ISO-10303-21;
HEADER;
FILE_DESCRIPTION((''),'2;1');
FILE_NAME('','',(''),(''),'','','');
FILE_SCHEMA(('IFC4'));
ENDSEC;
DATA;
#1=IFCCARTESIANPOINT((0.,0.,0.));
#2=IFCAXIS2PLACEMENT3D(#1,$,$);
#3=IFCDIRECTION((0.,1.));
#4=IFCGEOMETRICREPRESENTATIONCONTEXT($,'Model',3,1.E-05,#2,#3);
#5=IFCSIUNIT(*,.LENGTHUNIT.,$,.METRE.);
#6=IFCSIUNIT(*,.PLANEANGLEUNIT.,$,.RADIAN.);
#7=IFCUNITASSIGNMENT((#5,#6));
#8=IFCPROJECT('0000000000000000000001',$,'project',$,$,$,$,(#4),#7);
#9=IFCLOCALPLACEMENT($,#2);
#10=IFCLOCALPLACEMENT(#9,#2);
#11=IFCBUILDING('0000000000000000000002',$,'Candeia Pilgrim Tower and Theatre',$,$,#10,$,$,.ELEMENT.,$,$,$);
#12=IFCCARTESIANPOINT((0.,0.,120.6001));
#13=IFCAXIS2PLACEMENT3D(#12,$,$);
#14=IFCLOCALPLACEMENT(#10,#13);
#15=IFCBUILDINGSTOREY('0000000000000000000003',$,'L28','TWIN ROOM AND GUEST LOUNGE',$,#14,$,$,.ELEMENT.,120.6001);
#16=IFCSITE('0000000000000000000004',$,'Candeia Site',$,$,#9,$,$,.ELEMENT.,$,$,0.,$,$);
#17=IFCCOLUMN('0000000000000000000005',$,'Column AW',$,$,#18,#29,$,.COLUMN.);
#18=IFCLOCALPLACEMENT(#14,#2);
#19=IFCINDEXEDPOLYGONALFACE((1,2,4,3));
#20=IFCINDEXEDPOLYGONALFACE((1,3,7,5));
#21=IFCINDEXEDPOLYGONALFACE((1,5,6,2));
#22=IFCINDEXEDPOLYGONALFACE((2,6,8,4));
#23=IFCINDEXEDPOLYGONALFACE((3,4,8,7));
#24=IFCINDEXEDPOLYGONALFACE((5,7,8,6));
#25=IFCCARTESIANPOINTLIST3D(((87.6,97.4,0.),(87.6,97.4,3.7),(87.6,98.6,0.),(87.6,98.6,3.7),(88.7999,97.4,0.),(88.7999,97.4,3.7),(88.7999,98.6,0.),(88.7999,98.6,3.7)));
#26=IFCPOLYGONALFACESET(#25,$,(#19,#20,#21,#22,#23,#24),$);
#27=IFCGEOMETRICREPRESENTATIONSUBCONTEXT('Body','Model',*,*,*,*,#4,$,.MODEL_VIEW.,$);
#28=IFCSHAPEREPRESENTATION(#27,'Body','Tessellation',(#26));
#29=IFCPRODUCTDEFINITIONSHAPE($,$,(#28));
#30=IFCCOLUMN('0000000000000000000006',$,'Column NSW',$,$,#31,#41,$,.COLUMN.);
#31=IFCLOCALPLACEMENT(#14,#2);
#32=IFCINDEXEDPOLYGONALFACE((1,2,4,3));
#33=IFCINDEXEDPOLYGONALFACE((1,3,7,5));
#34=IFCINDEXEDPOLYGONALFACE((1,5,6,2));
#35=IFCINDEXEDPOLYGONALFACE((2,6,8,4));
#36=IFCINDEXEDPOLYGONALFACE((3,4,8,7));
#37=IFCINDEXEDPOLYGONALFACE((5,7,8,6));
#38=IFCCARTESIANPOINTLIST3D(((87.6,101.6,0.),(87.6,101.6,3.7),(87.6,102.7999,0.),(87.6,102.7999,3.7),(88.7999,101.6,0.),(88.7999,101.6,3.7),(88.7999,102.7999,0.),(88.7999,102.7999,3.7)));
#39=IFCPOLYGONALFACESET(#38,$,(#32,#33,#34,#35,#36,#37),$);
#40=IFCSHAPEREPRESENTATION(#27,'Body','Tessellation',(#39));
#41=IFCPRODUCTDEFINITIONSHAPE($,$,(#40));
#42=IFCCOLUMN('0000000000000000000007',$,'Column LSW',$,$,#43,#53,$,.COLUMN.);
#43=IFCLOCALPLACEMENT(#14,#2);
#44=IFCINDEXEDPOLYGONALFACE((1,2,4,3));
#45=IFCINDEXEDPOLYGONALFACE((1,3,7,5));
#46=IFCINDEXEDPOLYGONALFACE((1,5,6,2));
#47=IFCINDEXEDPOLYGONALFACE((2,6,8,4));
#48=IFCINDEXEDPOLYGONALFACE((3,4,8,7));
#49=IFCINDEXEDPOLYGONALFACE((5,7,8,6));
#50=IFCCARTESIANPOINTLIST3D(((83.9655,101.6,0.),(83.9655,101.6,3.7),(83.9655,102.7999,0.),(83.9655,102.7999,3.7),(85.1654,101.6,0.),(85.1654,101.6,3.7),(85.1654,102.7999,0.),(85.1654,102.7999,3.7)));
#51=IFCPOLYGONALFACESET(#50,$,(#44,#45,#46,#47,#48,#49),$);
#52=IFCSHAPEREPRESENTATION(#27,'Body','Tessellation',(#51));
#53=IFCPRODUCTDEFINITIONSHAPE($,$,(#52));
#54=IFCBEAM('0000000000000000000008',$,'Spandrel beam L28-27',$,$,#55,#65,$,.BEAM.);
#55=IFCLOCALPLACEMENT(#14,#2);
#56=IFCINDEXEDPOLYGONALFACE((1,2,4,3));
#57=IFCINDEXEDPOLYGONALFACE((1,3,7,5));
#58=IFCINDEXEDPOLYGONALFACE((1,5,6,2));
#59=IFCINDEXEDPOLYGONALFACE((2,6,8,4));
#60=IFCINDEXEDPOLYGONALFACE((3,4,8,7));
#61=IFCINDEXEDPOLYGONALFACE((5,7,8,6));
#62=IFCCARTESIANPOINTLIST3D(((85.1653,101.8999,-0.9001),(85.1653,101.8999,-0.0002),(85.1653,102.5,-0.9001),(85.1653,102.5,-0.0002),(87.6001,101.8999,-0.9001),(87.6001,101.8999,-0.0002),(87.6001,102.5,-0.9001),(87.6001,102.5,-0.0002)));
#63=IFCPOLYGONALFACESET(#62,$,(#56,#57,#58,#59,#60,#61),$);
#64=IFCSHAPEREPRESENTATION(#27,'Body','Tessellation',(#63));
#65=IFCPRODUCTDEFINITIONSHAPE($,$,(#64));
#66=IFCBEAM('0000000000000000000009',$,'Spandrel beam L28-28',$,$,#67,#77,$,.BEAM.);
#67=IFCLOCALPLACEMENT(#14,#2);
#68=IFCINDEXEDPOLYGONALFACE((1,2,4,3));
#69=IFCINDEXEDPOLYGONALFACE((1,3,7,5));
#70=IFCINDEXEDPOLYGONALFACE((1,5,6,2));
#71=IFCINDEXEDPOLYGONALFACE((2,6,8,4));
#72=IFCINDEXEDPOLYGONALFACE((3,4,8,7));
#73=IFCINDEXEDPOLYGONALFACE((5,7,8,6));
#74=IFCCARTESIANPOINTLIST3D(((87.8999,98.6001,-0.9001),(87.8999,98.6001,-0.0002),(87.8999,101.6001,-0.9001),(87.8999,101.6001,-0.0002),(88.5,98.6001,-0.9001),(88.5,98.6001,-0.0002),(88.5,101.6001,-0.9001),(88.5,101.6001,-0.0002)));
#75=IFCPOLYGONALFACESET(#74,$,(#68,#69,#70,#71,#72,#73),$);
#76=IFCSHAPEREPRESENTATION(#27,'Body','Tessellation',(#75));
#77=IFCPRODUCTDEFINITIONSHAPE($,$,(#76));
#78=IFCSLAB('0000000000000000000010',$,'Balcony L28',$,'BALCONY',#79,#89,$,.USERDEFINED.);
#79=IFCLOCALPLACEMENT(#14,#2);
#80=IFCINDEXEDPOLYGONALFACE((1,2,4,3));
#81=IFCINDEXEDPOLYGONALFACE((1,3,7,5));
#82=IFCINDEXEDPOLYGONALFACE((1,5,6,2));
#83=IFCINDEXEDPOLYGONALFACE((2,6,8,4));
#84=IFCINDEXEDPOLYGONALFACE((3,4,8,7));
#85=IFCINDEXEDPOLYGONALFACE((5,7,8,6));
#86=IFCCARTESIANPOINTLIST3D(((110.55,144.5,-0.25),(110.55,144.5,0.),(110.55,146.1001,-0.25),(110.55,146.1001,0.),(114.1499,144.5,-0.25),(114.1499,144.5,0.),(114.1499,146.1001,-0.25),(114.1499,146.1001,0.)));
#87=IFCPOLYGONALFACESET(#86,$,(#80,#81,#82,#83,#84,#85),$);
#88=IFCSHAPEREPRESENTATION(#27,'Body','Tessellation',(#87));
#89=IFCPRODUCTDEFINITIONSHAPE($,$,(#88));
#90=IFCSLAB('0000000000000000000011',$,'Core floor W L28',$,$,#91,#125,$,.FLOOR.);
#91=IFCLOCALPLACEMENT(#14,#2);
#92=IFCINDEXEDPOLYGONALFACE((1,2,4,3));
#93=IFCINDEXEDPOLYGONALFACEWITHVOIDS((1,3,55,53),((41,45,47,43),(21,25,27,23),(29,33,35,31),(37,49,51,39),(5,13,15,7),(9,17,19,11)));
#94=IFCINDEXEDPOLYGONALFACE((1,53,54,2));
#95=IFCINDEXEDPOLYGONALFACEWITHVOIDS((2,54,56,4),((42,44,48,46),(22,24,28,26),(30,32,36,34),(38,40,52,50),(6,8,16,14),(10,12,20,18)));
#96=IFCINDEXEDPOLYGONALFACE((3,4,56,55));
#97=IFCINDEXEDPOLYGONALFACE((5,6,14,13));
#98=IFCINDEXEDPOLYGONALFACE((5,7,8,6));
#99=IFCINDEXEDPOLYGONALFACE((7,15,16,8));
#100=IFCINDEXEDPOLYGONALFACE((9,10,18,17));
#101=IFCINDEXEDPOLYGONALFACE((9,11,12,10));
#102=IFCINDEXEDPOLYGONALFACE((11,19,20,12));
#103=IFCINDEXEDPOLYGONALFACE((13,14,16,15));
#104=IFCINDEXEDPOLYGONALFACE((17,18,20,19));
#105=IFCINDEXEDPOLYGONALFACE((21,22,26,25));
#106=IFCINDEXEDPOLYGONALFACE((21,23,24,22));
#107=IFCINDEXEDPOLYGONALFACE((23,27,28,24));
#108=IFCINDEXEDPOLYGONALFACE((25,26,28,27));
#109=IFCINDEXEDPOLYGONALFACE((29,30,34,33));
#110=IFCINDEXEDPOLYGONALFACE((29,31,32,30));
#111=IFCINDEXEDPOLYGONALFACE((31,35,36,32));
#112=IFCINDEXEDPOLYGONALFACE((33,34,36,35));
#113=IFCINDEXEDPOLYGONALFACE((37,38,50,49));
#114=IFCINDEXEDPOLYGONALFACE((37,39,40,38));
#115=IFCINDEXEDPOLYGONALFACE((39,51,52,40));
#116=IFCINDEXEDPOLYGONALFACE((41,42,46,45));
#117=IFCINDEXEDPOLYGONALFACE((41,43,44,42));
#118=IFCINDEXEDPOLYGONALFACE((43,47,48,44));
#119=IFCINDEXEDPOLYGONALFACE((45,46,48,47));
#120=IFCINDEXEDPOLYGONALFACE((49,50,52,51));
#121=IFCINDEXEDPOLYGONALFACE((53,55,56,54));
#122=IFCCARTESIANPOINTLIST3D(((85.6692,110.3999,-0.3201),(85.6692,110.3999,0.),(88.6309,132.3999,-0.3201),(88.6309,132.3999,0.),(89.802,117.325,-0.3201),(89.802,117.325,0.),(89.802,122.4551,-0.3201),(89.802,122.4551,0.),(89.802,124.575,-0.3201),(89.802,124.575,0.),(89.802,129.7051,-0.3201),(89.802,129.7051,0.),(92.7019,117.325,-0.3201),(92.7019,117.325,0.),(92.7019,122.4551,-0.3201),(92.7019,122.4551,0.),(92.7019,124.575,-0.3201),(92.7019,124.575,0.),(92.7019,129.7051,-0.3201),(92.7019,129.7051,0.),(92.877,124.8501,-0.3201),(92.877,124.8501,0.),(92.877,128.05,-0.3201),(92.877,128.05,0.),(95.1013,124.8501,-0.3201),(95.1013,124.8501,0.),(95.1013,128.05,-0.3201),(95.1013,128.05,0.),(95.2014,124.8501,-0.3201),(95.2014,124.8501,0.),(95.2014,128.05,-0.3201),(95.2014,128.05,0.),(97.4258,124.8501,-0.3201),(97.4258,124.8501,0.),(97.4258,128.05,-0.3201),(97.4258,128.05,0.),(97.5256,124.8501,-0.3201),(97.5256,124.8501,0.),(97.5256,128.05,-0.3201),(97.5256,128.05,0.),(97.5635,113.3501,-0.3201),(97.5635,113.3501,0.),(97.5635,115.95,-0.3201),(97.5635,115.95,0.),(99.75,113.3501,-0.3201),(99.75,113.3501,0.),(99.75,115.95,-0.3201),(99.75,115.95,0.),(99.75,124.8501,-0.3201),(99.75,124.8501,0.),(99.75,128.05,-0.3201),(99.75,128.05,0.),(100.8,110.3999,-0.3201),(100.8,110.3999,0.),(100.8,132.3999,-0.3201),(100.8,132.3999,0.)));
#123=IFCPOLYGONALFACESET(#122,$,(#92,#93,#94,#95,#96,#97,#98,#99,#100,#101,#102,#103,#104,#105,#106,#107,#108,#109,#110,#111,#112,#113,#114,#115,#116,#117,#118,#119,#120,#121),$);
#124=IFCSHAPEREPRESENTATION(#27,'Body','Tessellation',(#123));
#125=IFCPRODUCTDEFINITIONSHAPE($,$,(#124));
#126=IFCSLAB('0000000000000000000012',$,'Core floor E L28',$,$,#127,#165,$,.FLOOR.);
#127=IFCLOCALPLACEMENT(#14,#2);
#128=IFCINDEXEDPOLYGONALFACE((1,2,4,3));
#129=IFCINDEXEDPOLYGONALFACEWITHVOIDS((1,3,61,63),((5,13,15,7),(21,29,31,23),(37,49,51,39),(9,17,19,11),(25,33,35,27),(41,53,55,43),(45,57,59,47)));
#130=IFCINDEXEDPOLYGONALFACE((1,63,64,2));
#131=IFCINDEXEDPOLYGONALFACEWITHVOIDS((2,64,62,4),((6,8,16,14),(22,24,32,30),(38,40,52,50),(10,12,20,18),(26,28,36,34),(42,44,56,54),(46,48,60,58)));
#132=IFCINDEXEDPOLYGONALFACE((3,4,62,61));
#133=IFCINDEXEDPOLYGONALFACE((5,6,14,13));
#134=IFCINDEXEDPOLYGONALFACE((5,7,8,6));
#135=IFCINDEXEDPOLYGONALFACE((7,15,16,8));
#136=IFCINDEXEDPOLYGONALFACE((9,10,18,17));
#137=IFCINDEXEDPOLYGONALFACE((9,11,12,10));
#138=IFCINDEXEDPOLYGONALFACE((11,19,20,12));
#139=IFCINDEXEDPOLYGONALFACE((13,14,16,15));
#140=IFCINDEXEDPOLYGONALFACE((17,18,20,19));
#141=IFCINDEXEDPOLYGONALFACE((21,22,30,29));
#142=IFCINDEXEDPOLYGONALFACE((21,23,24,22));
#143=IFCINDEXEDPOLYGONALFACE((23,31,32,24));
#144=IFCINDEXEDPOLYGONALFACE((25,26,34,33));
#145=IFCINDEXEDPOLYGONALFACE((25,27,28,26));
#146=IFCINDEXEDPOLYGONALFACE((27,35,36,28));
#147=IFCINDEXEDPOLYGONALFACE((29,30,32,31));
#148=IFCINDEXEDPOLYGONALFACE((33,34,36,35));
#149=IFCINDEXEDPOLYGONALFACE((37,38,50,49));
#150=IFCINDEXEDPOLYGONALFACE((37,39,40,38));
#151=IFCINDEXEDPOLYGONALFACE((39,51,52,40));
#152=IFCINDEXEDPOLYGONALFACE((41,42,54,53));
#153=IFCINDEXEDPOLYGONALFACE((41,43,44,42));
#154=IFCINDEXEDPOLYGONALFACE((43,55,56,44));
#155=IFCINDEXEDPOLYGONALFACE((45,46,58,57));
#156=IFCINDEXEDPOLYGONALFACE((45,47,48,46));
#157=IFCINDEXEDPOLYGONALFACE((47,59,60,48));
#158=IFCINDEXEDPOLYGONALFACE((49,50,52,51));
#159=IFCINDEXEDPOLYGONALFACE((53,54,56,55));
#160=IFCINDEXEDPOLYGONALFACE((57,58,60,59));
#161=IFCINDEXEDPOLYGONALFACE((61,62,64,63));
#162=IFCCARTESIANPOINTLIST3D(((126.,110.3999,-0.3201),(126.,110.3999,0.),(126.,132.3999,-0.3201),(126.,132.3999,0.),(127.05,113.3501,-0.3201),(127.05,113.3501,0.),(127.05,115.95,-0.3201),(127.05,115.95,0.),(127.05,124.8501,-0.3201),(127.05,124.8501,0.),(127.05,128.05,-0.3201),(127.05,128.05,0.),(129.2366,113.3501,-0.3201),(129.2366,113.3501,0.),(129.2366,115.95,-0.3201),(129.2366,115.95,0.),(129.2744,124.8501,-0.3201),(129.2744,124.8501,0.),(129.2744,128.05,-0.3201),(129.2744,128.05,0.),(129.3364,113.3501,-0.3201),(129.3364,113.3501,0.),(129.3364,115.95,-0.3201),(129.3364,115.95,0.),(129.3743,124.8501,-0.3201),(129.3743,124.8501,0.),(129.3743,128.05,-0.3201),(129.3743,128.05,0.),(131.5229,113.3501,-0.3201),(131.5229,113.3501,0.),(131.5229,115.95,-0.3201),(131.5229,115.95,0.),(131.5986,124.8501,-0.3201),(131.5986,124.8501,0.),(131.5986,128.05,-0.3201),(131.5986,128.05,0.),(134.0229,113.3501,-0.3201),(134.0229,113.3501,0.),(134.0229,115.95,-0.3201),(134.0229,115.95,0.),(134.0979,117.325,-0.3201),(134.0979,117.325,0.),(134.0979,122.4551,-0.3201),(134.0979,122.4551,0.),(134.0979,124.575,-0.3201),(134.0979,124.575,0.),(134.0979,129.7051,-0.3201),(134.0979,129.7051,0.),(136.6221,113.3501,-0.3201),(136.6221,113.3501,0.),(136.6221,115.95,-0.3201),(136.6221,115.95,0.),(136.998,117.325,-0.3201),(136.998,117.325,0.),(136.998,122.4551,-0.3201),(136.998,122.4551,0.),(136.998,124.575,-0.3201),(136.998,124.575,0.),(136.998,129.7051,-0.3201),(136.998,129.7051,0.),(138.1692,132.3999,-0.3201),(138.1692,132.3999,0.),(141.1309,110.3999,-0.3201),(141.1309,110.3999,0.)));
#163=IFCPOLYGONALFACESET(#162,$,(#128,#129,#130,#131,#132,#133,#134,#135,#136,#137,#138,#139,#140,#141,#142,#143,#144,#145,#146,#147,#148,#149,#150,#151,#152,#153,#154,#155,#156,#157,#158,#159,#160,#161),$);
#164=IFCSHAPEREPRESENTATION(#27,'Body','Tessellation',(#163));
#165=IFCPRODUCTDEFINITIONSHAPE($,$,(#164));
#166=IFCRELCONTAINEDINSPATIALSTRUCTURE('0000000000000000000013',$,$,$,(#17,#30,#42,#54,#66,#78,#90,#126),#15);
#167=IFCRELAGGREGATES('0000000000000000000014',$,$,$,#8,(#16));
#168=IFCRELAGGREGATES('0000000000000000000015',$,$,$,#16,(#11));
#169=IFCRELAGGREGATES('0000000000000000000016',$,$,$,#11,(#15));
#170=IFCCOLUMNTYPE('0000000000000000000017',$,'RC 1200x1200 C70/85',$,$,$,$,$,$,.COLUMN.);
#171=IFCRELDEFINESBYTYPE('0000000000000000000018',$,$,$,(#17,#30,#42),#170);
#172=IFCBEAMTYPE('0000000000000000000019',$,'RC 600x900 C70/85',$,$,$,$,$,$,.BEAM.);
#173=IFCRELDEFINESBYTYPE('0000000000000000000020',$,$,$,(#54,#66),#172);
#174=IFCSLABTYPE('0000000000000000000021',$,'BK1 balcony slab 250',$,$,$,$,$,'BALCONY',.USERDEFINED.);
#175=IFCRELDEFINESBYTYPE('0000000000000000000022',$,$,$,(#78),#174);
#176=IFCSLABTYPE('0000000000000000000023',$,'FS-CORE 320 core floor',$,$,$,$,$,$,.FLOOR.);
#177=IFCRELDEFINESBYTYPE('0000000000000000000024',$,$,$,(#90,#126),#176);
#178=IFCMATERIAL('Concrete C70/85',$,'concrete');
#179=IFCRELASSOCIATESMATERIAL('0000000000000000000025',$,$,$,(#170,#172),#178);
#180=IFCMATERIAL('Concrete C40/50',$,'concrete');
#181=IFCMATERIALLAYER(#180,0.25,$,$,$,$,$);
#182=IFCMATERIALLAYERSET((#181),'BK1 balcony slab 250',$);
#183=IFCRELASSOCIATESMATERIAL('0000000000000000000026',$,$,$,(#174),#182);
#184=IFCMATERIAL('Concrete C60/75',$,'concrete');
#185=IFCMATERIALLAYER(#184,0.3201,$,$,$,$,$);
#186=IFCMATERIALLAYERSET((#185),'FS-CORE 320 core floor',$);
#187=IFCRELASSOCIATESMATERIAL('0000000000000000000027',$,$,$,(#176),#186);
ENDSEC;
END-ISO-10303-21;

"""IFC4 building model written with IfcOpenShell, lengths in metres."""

from ifc_helpers import new_model, si_unit, direction, frame, origin, origin_2d, place, context, subcontext, project, spatial, polyline, rectangle, outline, extrude, material, layer, layer_set, material_profile, profile_set, type_object, element, save


model = new_model("IFC4")

# Units and contexts
model_context = context("Model", 3, precision=1e-05, world=origin(), true_north=direction((0.0, 1.0)))
body_context = subcontext(model_context, "Body", "Model", "MODEL_VIEW")
ifc_project = project(units=[si_unit("LENGTHUNIT", "METRE"), si_unit("PLANEANGLEUNIT", "RADIAN")], contexts=[model_context])

# Site, building, storey
site_placement = place(None, origin())
site = spatial("IfcSite", under=ifc_project, at=site_placement, Name="Candeia Site", CompositionType="ELEMENT", RefElevation=0.0)
building_placement = place(site_placement, origin())
building = spatial("IfcBuilding", under=site, at=building_placement, Name="Candeia Pilgrim Tower and Theatre", CompositionType="ELEMENT")
storey_placement = place(building_placement, frame((0.0, 0.0, 120.6001)))
storey = spatial("IfcBuildingStorey", under=building, at=storey_placement, Name="L28", Description="TWIN ROOM AND GUEST LOUNGE", CompositionType="ELEMENT", Elevation=120.6001)

# Columns
ifc_material_1 = material(Name="Concrete C70/85", Category="concrete")
ifc_material_profile_1 = material_profile(ifc_material_1, rectangle(XDim=1.2, YDim=1.2, at=origin_2d()))
ifc_profile_set_1 = profile_set([ifc_material_profile_1], Name="Concrete C70/85")
column_type = type_object("IfcColumnType", Name="RC 1200x1200 C70/85", PredefinedType="COLUMN", material=ifc_profile_set_1)
for number, where, z_axis, x_axis, name in (
    (1, (88.2, 98.0, 0.0), (0.0, 0.0, 1.0), (1.0, 0.0, 0.0), "Column AW"),
    (2, (88.2, 102.2, 0.0), (0.0, 0.0, 1.0), (1.0, 0.0, 0.0), "Column NSW"),
    (3, (84.5654, 102.2, 0.0), (0.0, 0.0, 1.0), (1.0, 0.0, 0.0), "Column LSW"),
):
    element("IfcColumn", number, at=place(storey_placement, frame(where, z_axis=z_axis, x_axis=x_axis)), inside=storey, type_object=column_type, Name=name, PredefinedType="COLUMN", context=body_context, shape_type="SweptSolid", body=[
        extrude(rectangle(XDim=1.2, YDim=1.2, at=origin_2d()), origin(), (0.0, 0.0, 1.0), 3.7),
    ])

# Beams
ifc_material_profile_2 = material_profile(ifc_material_1, rectangle(XDim=0.6001, YDim=0.8999, at=origin_2d()))
ifc_profile_set_2 = profile_set([ifc_material_profile_2], Name="Concrete C70/85")
beam_type = type_object("IfcBeamType", Name="RC 600x900 C70/85", PredefinedType="BEAM", material=ifc_profile_set_2)
beam_1_placement = place(storey_placement, frame((85.1653, 102.2, -0.4502), z_axis=(1.0, 0.0, 0.0), x_axis=(0.0, 1.0, 0.0)))
element("IfcBeam", 4, at=beam_1_placement, inside=storey, type_object=beam_type, Name="Spandrel beam L28-27", PredefinedType="BEAM", context=body_context, shape_type="SweptSolid", body=[
    extrude(rectangle(XDim=0.6001, YDim=0.8999, at=origin_2d()), origin(), (0.0, 0.0, 1.0), 2.4348),
])
beam_2_placement = place(storey_placement, frame((88.2, 101.6001, -0.4502), z_axis=(0.0, -1.0, 0.0), x_axis=(1.0, 0.0, 0.0)))
element("IfcBeam", 5, at=beam_2_placement, inside=storey, type_object=beam_type, Name="Spandrel beam L28-28", PredefinedType="BEAM", context=body_context, shape_type="SweptSolid", body=[
    extrude(rectangle(XDim=0.6001, YDim=0.8999, at=origin_2d()), origin(), (0.0, 0.0, 1.0), 3.0),
])

# Slabs
ifc_material_2 = material(Name="Concrete C40/50", Category="concrete")
ifc_layer_1 = layer(ifc_material_2, 0.25)
ifc_layer_set_1 = layer_set([ifc_layer_1], Name="BK1 balcony slab 250")
slab_type_1 = type_object("IfcSlabType", Name="BK1 balcony slab 250", ElementType="BALCONY", PredefinedType="USERDEFINED", material=ifc_layer_set_1)
slab_1_placement = place(storey_placement, frame((0.0, 0.0, -0.25)))
element("IfcSlab", 6, at=slab_1_placement, inside=storey, type_object=slab_type_1, Name="Balcony L28", ObjectType="BALCONY", PredefinedType="USERDEFINED", context=body_context, shape_type="SweptSolid", body=[
    extrude(outline(polyline([(110.55, 144.5), (114.1499, 144.5), (114.1499, 146.1001), (110.55, 146.1001), (110.55, 144.5)])), origin(), (0.0, 0.0, 1.0), 0.25),
])
ifc_material_3 = material(Name="Concrete C60/75", Category="concrete")
ifc_layer_2 = layer(ifc_material_3, 0.3201)
ifc_layer_set_2 = layer_set([ifc_layer_2], Name="FS-CORE 320 core floor")
slab_type_2 = type_object("IfcSlabType", Name="FS-CORE 320 core floor", PredefinedType="FLOOR", material=ifc_layer_set_2)
slab_2_placement = place(storey_placement, frame((0.0, 0.0, -0.3201)))
element("IfcSlab", 7, at=slab_2_placement, inside=storey, type_object=slab_type_2, Name="Core floor W L28", PredefinedType="FLOOR", context=body_context, shape_type="SweptSolid", body=[
    extrude(outline(polyline([(100.8, 132.3999), (100.8, 110.3999), (85.6692, 110.3999), (88.6309, 132.3999), (100.8, 132.3999)]), holes=[polyline([(97.5256, 128.05), (97.5256, 124.8501), (99.75, 124.8501), (99.75, 128.05), (97.5256, 128.05)]), polyline([(97.5635, 113.3501), (99.75, 113.3501), (99.75, 115.95), (97.5635, 115.95), (97.5635, 113.3501)]), polyline([(95.2014, 124.8501), (97.4258, 124.8501), (97.4258, 128.05), (95.2014, 128.05), (95.2014, 124.8501)]), polyline([(92.877, 128.05), (92.877, 124.8501), (95.1013, 124.8501), (95.1013, 128.05), (92.877, 128.05)]), polyline([(89.802, 122.4551), (89.802, 117.325), (92.7019, 117.325), (92.7019, 122.4551), (89.802, 122.4551)]), polyline([(89.802, 129.7051), (89.802, 124.575), (92.7019, 124.575), (92.7019, 129.7051), (89.802, 129.7051)])]), origin(), (0.0, 0.0, 1.0), 0.3201),
])
slab_3_placement = place(storey_placement, frame((0.0, 0.0, -0.3201)))
element("IfcSlab", 8, at=slab_3_placement, inside=storey, type_object=slab_type_2, Name="Core floor E L28", PredefinedType="FLOOR", context=body_context, shape_type="SweptSolid", body=[
    extrude(outline(polyline([(138.1692, 132.3999), (141.1309, 110.3999), (126.0, 110.3999), (126.0, 132.3999), (138.1692, 132.3999)]), holes=[polyline([(134.0979, 122.4551), (134.0979, 117.325), (136.998, 117.325), (136.998, 122.4551), (134.0979, 122.4551)]), polyline([(134.0979, 129.7051), (134.0979, 124.575), (136.998, 124.575), (136.998, 129.7051), (134.0979, 129.7051)]), polyline([(136.6221, 115.95), (134.0229, 115.95), (134.0229, 113.3501), (136.6221, 113.3501), (136.6221, 115.95)]), polyline([(131.5986, 128.05), (129.3743, 128.05), (129.3743, 124.8501), (131.5986, 124.8501), (131.5986, 128.05)]), polyline([(131.5229, 115.95), (129.3364, 115.95), (129.3364, 113.3501), (131.5229, 113.3501), (131.5229, 115.95)]), polyline([(129.2744, 128.05), (127.05, 128.05), (127.05, 124.8501), (129.2744, 124.8501), (129.2744, 128.05)]), polyline([(127.05, 115.95), (127.05, 113.3501), (129.2366, 113.3501), (129.2366, 115.95), (127.05, 115.95)])]), origin(), (0.0, 0.0, 1.0), 0.3201),
])

save(model, "model.ifc")
